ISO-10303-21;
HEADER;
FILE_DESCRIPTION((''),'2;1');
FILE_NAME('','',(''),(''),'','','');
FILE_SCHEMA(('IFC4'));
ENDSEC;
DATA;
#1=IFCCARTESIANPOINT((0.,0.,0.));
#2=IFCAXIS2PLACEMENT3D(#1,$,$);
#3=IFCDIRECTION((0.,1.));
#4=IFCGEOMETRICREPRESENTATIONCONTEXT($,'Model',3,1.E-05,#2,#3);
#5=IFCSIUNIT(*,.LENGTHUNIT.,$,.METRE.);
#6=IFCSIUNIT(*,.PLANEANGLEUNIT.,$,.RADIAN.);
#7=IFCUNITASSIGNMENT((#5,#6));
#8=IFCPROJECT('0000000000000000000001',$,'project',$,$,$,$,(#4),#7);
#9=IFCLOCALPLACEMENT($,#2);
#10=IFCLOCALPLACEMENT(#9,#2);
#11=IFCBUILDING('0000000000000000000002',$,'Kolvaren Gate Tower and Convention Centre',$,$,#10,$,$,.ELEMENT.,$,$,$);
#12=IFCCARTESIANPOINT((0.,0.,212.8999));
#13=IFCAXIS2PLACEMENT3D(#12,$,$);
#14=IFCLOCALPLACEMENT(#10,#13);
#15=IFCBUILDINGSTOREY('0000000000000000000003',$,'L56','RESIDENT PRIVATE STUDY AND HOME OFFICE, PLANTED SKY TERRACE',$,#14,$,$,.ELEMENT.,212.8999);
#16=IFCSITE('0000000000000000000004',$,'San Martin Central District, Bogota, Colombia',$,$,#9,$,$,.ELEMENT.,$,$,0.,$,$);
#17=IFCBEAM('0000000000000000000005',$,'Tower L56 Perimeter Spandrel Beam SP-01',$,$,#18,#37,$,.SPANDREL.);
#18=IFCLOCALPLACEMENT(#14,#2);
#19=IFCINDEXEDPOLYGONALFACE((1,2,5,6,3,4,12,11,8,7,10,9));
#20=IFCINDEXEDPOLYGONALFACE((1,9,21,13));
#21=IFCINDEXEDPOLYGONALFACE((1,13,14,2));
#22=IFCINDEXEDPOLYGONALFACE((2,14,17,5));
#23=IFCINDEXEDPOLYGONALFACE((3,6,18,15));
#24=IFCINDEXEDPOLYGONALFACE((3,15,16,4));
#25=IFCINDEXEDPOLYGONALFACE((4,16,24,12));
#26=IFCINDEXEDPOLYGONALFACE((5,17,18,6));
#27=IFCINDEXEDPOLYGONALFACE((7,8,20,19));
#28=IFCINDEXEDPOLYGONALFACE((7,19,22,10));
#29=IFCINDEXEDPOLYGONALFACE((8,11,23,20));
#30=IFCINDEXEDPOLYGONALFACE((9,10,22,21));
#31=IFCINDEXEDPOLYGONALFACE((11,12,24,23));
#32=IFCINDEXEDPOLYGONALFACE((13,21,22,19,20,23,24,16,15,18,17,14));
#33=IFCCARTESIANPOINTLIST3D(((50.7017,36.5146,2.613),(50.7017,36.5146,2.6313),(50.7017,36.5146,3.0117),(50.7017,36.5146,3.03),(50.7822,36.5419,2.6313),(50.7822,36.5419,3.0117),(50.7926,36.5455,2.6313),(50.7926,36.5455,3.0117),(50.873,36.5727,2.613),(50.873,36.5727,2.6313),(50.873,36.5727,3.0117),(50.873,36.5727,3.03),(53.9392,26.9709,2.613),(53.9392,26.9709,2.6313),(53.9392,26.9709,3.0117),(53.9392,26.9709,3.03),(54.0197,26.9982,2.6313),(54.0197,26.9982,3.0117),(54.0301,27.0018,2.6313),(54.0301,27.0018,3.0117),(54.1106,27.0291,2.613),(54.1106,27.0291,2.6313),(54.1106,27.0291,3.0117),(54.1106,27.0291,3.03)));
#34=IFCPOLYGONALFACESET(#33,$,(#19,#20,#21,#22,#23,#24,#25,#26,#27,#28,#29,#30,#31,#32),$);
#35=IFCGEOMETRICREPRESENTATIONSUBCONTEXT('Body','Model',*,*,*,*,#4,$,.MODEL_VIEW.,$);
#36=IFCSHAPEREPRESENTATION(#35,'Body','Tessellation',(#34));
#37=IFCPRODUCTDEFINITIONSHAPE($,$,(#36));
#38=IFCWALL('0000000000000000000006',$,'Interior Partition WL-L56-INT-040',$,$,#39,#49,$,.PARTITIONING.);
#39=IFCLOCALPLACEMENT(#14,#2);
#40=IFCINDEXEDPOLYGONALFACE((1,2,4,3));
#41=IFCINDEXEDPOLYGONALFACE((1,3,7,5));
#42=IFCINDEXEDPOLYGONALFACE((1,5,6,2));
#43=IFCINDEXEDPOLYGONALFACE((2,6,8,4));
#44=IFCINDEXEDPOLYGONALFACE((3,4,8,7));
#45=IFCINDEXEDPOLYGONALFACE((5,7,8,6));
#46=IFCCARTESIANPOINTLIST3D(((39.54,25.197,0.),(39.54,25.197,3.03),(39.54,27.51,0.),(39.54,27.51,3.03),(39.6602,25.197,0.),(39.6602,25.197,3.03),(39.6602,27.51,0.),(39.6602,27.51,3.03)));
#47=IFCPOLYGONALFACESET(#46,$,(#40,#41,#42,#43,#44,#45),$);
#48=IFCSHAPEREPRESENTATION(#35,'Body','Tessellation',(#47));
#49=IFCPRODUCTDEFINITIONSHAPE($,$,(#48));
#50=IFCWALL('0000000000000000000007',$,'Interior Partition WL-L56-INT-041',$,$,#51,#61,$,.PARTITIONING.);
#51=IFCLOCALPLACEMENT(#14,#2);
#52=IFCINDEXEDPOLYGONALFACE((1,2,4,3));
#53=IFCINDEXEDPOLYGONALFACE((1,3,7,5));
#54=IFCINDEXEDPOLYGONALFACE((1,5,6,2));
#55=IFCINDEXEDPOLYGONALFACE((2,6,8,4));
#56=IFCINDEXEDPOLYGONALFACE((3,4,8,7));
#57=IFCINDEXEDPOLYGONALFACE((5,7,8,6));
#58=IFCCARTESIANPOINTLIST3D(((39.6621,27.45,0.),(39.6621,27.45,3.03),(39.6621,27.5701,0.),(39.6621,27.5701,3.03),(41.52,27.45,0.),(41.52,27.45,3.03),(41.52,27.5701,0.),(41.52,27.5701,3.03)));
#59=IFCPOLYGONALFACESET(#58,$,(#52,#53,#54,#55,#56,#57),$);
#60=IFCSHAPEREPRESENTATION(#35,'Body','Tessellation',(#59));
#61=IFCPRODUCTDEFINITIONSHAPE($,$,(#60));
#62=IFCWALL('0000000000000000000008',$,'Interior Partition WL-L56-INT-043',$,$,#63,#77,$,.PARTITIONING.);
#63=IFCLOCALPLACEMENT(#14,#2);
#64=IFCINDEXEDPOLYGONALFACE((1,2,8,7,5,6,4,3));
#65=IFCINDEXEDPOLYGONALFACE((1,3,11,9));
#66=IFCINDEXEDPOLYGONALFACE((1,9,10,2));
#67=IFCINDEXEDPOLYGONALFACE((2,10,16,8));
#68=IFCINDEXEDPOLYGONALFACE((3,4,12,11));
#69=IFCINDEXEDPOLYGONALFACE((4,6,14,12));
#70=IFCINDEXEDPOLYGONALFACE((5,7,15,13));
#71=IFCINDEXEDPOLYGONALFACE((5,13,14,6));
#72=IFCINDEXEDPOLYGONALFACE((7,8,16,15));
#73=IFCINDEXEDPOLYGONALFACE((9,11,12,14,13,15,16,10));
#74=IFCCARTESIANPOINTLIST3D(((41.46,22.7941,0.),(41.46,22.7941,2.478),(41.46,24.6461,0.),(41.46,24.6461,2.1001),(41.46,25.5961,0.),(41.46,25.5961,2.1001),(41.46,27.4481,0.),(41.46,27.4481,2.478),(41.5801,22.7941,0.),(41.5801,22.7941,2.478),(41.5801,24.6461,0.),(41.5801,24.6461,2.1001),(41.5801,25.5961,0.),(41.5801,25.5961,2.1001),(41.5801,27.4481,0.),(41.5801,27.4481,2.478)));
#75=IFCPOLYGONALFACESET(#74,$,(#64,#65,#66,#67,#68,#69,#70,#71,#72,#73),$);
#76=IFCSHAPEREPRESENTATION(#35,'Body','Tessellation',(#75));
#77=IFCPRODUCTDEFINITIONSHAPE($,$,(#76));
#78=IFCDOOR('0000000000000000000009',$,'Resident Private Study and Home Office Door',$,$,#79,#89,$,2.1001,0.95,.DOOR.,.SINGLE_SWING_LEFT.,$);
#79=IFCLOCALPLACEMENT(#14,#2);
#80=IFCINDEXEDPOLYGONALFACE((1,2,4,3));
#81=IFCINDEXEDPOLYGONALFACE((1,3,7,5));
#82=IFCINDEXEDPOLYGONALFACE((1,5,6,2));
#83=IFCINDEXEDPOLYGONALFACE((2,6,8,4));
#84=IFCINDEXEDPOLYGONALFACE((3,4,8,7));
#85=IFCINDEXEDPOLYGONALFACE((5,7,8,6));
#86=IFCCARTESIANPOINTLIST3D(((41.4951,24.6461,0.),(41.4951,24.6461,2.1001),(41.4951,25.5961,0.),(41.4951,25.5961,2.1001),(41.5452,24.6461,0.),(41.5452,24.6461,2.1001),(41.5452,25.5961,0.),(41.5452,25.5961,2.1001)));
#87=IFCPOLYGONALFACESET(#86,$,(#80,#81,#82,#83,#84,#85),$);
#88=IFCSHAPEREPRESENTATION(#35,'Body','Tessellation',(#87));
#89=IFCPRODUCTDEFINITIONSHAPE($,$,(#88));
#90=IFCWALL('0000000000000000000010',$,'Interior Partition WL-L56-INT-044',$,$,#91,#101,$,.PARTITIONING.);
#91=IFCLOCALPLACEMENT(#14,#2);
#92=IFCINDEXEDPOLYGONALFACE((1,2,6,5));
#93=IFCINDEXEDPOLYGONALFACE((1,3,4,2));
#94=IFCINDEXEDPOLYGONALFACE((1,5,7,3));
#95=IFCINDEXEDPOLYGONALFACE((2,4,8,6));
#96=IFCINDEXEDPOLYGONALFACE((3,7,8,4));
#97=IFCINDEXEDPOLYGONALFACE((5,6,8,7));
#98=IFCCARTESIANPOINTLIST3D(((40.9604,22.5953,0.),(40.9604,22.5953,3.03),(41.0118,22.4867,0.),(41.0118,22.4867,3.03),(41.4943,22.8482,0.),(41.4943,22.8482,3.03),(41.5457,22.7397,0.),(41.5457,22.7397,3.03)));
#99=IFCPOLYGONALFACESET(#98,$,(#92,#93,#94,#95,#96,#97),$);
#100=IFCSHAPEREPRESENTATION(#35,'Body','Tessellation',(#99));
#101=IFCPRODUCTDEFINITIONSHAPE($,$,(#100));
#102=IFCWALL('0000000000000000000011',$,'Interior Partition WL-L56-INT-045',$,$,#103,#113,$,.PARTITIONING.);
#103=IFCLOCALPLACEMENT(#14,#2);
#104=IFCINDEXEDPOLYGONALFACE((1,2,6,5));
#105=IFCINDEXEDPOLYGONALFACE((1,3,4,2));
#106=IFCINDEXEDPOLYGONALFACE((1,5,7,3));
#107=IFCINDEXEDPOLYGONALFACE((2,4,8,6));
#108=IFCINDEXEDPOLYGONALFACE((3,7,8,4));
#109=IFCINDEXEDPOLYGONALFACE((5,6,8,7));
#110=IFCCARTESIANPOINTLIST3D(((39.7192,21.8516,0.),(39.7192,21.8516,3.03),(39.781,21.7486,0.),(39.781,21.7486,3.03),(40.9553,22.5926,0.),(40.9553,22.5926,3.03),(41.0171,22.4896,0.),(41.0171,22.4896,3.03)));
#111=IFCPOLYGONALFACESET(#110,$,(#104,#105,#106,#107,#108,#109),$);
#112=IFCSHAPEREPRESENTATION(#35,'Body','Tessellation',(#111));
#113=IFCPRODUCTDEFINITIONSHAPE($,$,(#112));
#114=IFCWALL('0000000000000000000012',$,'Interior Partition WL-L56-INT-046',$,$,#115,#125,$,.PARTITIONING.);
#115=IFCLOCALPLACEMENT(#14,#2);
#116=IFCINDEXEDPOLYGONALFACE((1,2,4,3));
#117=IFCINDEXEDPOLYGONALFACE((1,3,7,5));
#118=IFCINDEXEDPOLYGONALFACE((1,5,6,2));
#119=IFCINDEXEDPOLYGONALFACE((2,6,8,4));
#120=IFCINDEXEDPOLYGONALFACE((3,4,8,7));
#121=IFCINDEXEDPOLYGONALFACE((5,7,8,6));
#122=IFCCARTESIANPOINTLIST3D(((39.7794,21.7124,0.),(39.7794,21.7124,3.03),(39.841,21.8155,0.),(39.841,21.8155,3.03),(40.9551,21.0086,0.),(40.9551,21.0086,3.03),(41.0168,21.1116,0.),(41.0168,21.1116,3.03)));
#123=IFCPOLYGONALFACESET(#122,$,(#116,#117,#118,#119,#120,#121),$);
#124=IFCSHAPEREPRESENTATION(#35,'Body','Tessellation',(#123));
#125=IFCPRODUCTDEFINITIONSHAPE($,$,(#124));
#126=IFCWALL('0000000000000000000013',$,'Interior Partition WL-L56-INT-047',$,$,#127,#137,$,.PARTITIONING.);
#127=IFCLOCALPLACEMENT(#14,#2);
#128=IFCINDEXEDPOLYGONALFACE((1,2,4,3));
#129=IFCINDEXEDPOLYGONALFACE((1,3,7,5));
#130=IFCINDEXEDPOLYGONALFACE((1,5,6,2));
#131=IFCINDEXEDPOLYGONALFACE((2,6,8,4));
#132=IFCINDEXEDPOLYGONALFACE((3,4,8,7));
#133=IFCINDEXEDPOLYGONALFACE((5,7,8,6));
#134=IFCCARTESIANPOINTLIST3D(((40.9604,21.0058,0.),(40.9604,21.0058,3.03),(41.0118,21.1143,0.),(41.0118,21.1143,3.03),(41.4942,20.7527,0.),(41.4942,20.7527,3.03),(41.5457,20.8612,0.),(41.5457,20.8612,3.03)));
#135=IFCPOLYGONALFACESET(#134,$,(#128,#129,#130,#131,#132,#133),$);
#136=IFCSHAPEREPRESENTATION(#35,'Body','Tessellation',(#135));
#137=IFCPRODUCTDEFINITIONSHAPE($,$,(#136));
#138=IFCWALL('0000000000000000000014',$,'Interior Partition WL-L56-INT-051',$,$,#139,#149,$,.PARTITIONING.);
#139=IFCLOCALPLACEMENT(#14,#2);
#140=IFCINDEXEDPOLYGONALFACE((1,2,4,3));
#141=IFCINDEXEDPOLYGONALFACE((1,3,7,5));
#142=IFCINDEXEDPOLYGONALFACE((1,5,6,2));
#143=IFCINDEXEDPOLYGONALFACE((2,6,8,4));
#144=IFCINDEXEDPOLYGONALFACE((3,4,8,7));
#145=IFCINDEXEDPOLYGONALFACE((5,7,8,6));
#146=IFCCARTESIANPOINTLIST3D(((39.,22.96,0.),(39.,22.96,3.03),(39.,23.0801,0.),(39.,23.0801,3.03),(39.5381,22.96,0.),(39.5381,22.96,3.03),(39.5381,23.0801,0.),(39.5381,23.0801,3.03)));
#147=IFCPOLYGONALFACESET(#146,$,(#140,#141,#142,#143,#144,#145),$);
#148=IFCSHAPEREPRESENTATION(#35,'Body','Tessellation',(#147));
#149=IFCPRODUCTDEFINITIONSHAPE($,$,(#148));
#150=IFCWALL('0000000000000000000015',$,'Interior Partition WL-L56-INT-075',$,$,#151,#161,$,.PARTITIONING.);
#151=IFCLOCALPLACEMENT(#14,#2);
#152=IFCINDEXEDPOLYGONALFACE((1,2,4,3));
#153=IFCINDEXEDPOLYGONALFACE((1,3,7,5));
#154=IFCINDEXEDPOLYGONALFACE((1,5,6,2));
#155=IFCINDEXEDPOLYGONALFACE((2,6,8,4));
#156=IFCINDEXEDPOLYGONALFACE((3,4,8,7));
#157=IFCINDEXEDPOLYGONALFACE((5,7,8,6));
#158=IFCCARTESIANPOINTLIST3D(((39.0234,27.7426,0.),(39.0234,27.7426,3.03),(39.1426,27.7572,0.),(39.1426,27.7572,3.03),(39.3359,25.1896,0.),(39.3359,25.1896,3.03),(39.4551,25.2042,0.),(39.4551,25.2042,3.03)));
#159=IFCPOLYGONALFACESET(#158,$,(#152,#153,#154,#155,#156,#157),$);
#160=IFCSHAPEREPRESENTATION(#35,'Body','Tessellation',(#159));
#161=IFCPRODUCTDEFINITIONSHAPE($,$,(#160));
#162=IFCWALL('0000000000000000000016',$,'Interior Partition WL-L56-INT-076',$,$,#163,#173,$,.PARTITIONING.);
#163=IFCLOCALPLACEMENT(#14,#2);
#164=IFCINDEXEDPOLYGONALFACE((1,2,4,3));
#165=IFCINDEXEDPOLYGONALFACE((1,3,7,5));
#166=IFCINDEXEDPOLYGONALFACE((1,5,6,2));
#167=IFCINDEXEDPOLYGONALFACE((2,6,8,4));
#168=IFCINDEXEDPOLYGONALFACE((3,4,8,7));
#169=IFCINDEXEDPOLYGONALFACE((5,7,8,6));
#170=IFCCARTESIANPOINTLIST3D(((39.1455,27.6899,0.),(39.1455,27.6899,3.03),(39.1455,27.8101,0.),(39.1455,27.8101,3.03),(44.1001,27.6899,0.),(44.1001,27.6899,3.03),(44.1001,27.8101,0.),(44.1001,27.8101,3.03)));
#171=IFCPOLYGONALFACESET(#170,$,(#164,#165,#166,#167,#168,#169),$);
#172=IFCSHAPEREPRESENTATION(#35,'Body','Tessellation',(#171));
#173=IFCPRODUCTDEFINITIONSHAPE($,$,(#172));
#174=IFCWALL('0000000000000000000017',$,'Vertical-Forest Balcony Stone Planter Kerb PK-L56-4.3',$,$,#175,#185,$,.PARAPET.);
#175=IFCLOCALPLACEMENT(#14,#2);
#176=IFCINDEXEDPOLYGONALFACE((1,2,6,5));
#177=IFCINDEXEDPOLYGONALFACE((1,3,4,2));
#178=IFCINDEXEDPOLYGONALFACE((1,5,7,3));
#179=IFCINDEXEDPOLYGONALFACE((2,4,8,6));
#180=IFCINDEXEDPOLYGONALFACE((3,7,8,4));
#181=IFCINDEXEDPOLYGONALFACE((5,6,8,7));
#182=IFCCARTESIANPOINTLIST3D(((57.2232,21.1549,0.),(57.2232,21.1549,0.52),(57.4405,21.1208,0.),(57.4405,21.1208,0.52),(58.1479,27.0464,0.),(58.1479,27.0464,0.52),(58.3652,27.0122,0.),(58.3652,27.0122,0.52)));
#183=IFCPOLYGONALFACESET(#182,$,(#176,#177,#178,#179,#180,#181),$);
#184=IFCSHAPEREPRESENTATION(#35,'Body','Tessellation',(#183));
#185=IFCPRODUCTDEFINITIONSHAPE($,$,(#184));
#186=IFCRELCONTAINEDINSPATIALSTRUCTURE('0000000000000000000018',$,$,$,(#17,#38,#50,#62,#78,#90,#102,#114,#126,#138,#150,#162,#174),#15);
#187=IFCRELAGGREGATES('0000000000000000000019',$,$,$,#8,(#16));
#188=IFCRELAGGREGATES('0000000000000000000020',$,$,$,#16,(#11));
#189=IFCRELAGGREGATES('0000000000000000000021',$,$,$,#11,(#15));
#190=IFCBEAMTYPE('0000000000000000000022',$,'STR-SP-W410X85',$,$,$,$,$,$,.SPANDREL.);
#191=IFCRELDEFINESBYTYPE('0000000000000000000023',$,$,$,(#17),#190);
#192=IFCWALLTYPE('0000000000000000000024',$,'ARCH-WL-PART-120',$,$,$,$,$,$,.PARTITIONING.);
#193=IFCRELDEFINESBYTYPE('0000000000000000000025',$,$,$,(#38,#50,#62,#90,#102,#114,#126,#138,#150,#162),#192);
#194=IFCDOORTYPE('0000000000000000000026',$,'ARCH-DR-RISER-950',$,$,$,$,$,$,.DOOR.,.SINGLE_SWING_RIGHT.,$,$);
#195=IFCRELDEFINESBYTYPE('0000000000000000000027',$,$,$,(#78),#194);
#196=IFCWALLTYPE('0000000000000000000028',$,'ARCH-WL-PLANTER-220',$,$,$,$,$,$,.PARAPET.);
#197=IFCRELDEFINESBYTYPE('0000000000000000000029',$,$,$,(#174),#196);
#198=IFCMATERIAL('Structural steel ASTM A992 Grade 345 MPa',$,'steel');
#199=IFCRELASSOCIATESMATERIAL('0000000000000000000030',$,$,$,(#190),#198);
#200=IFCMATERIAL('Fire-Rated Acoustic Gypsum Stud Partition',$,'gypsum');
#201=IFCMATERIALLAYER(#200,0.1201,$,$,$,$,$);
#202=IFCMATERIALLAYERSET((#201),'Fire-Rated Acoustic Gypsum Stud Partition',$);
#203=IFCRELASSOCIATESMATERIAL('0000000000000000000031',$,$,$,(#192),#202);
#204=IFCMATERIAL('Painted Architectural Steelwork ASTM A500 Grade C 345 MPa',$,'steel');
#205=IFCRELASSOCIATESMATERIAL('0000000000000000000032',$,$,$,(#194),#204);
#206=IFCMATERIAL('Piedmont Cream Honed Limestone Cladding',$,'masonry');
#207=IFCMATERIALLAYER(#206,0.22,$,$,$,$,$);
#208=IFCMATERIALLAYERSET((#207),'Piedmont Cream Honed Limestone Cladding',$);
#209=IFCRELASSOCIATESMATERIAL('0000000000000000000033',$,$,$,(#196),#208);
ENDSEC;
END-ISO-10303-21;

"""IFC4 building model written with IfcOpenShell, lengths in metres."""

from ifc_helpers import new_model, si_unit, direction, frame, frame_2d, origin, origin_2d, place, context, subcontext, project, spatial, rectangle, i_section, extrude, material, layer, layer_set, material_profile, profile_set, type_object, element, fill, save


model = new_model("IFC4")

# Units and contexts
model_context = context("Model", 3, precision=1e-05, world=origin(), true_north=direction((0.0, 1.0)))
body_context = subcontext(model_context, "Body", "Model", "MODEL_VIEW")
ifc_project = project(units=[si_unit("LENGTHUNIT", "METRE"), si_unit("PLANEANGLEUNIT", "RADIAN")], contexts=[model_context])

# Site, building, storey
site_placement = place(None, origin())
site = spatial("IfcSite", under=ifc_project, at=site_placement, Name="San Martin Central District, Bogota, Colombia", CompositionType="ELEMENT", RefElevation=0.0)
building_placement = place(site_placement, origin())
building = spatial("IfcBuilding", under=site, at=building_placement, Name="Kolvaren Gate Tower and Convention Centre", CompositionType="ELEMENT")
storey_placement = place(building_placement, frame((0.0, 0.0, 212.8999)))
storey = spatial("IfcBuildingStorey", under=building, at=storey_placement, Name="L56", Description="RESIDENT PRIVATE STUDY AND HOME OFFICE, PLANTED SKY TERRACE", CompositionType="ELEMENT", Elevation=212.8999)

# Beam
ifc_material_1 = material(Name="Structural steel ASTM A992 Grade 345 MPa", Category="steel")
ifc_material_profile_1 = material_profile(ifc_material_1, i_section(OverallWidth=0.1809, OverallDepth=0.417, WebThickness=0.011, FlangeThickness=0.0183, at=origin_2d()), Name="W410X85")
ifc_profile_set_1 = profile_set([ifc_material_profile_1], Name="Structural steel ASTM A992 Grade 345 MPa")
beam_type_1 = type_object("IfcBeamType", Name="STR-SP-W410X85", PredefinedType="SPANDREL", material=ifc_profile_set_1)
beam_1_placement = place(storey_placement, frame((54.0249, 27.0, 2.8215), z_axis=(-0.321253, 0.946994, 0.0), x_axis=(-0.946994, -0.321253, 0.0)))
element("IfcBeam", 1, at=beam_1_placement, inside=storey, type_object=beam_type_1, Name="Tower L56 Perimeter Spandrel Beam SP-01", PredefinedType="SPANDREL", context=body_context, shape_type="SweptSolid", body=[
    extrude(i_section(OverallWidth=0.1809, OverallDepth=0.417, WebThickness=0.011, FlangeThickness=0.0183, at=origin_2d()), origin(), (0.0, 0.0, 1.0), 10.0779),
])

# Walls
ifc_material_2 = material(Name="Fire-Rated Acoustic Gypsum Stud Partition", Category="gypsum")
ifc_layer_1 = layer(ifc_material_2, 0.1201)
ifc_layer_set_1 = layer_set([ifc_layer_1], Name="Fire-Rated Acoustic Gypsum Stud Partition")
wall_type_1 = type_object("IfcWallType", Name="ARCH-WL-PART-120", PredefinedType="PARTITIONING", material=ifc_layer_set_1)
wall_1_placement = place(storey_placement, frame((39.6001, 25.197, 0.0), z_axis=(0.0, 0.0, 1.0), x_axis=(0.0, 1.0, 0.0)))
element("IfcWall", 2, at=wall_1_placement, inside=storey, type_object=wall_type_1, Name="Interior Partition WL-L56-INT-040", PredefinedType="PARTITIONING", context=body_context, shape_type="SweptSolid", body=[
    extrude(rectangle(XDim=2.313, YDim=0.1201, at=frame_2d((1.1565, 0.0))), origin(), (0.0, 0.0, 1.0), 3.03),
])
wall_2_placement = place(storey_placement, frame((39.6621, 27.51, 0.0), z_axis=(0.0, 0.0, 1.0), x_axis=(1.0, 0.0, 0.0)))
element("IfcWall", 3, at=wall_2_placement, inside=storey, type_object=wall_type_1, Name="Interior Partition WL-L56-INT-041", PredefinedType="PARTITIONING", context=body_context, shape_type="SweptSolid", body=[
    extrude(rectangle(XDim=1.8579, YDim=0.1201, at=frame_2d((0.929, 0.0))), origin(), (0.0, 0.0, 1.0), 3.03),
])

# Wall, opening, door
wall_3_placement = place(storey_placement, frame((41.52, 22.7939, 0.0), z_axis=(0.0, 0.0, 1.0), x_axis=(0.0, 1.0, 0.0)))
wall_3 = element("IfcWall", 4, at=wall_3_placement, inside=storey, type_object=wall_type_1, Name="Interior Partition WL-L56-INT-043", PredefinedType="PARTITIONING", context=body_context, shape_type="SweptSolid", body=[
    extrude(rectangle(XDim=4.6541, YDim=0.1201, at=frame_2d((2.3271, 0.0))), origin(), (0.0, 0.0, 1.0), 2.478),
])
opening_1_placement = place(wall_3_placement, frame((1.8521, 0.0, 0.0)))
opening_1 = element("IfcOpeningElement", 5, at=opening_1_placement, cuts=wall_3, PredefinedType="OPENING", context=body_context, shape_type="SweptSolid", body=[
    extrude(rectangle(XDim=0.95, YDim=2.1001, at=frame_2d((0.4751, 1.05))), frame((0.0, 0.0701, 0.0), z_axis=(0.0, -1.0, 0.0), x_axis=(1.0, 0.0, 0.0)), (0.0, 0.0, 1.0), 0.1401),
])
ifc_material_3 = material(Name="Painted Architectural Steelwork ASTM A500 Grade C 345 MPa", Category="steel")
door_type = type_object("IfcDoorType", Name="ARCH-DR-RISER-950", OperationType="SINGLE_SWING_RIGHT", PredefinedType="DOOR", material=ifc_material_3)
door_placement = place(opening_1_placement, origin())
door = element("IfcDoor", 6, at=door_placement, inside=storey, type_object=door_type, Name="Resident Private Study and Home Office Door", OperationType="SINGLE_SWING_LEFT", OverallHeight=2.1001, OverallWidth=0.95, PredefinedType="DOOR", context=body_context, shape_type="SweptSolid", body=[
    extrude(rectangle(XDim=0.95, YDim=2.1001, at=frame_2d((0.4751, 1.05))), frame((0.0, 0.0249, 0.0), z_axis=(0.0, -1.0, 0.0), x_axis=(1.0, 0.0, 0.0)), (0.0, 0.0, 1.0), 0.05),
])
fill(opening_1, door)

# Walls
wall_4_placement = place(storey_placement, frame((40.9861, 22.541, 0.0), z_axis=(0.0, 0.0, 1.0), x_axis=(0.903729, 0.428104, 0.0)))
element("IfcWall", 7, at=wall_4_placement, inside=storey, type_object=wall_type_1, Name="Interior Partition WL-L56-INT-044", PredefinedType="PARTITIONING", context=body_context, shape_type="SweptSolid", body=[
    extrude(rectangle(XDim=0.5908, YDim=0.1201, at=frame_2d((0.2954, 0.0))), origin(), (0.0, 0.0, 1.0), 3.03),
])
wall_5_placement = place(storey_placement, frame((39.75, 21.8, 0.0), z_axis=(0.0, 0.0, 1.0), x_axis=(0.857702, 0.514147, 0.0)))
element("IfcWall", 8, at=wall_5_placement, inside=storey, type_object=wall_type_1, Name="Interior Partition WL-L56-INT-045", PredefinedType="PARTITIONING", context=body_context, shape_type="SweptSolid", body=[
    extrude(rectangle(XDim=1.4412, YDim=0.1201, at=frame_2d((0.7207, 0.0))), origin(), (0.0, 0.0, 1.0), 3.03),
])
wall_6_placement = place(storey_placement, frame((39.8103, 21.7639, 0.0), z_axis=(0.0, 0.0, 1.0), x_axis=(0.858011, -0.513631, 0.0)))
element("IfcWall", 9, at=wall_6_placement, inside=storey, type_object=wall_type_1, Name="Interior Partition WL-L56-INT-046", PredefinedType="PARTITIONING", context=body_context, shape_type="SweptSolid", body=[
    extrude(rectangle(XDim=1.3704, YDim=0.1201, at=frame_2d((0.6851, 0.0))), origin(), (0.0, 0.0, 1.0), 3.03),
])
wall_7_placement = place(storey_placement, frame((40.9861, 21.0601, 0.0), z_axis=(0.0, 0.0, 1.0), x_axis=(0.90357, -0.428442, 0.0)))
element("IfcWall", 10, at=wall_7_placement, inside=storey, type_object=wall_type_1, Name="Interior Partition WL-L56-INT-047", PredefinedType="PARTITIONING", context=body_context, shape_type="SweptSolid", body=[
    extrude(rectangle(XDim=0.5908, YDim=0.1201, at=frame_2d((0.2954, 0.0))), origin(), (0.0, 0.0, 1.0), 3.03),
])
wall_8_placement = place(storey_placement, frame((39.0, 23.02, 0.0), z_axis=(0.0, 0.0, 1.0), x_axis=(1.0, 0.0, 0.0)))
element("IfcWall", 11, at=wall_8_placement, inside=storey, type_object=wall_type_1, Name="Interior Partition WL-L56-INT-051", PredefinedType="PARTITIONING", context=body_context, shape_type="SweptSolid", body=[
    extrude(rectangle(XDim=0.5381, YDim=0.1201, at=frame_2d((0.269, 0.0))), origin(), (0.0, 0.0, 1.0), 3.03),
])
wall_9_placement = place(storey_placement, frame((39.083, 27.75, 0.0), z_axis=(0.0, 0.0, 1.0), x_axis=(0.121499, -0.992592, 0.0)))
element("IfcWall", 12, at=wall_9_placement, inside=storey, type_object=wall_type_1, Name="Interior Partition WL-L56-INT-075", PredefinedType="PARTITIONING", context=body_context, shape_type="SweptSolid", body=[
    extrude(rectangle(XDim=2.572, YDim=0.1201, at=frame_2d((1.2861, 0.0))), origin(), (0.0, 0.0, 1.0), 3.03),
])
wall_10_placement = place(storey_placement, frame((39.1455, 27.75, 0.0), z_axis=(0.0, 0.0, 1.0), x_axis=(1.0, 0.0, 0.0)))
element("IfcWall", 13, at=wall_10_placement, inside=storey, type_object=wall_type_1, Name="Interior Partition WL-L56-INT-076", PredefinedType="PARTITIONING", context=body_context, shape_type="SweptSolid", body=[
    extrude(rectangle(XDim=4.9546, YDim=0.1201, at=frame_2d((2.4773, 0.0))), origin(), (0.0, 0.0, 1.0), 3.03),
])
ifc_material_4 = material(Name="Piedmont Cream Honed Limestone Cladding", Category="masonry")
ifc_layer_2 = layer(ifc_material_4, 0.22)
ifc_layer_set_2 = layer_set([ifc_layer_2], Name="Piedmont Cream Honed Limestone Cladding")
wall_type_2 = type_object("IfcWallType", Name="ARCH-WL-PLANTER-220", PredefinedType="PARAPET", material=ifc_layer_set_2)
wall_11_placement = place(storey_placement, frame((57.3318, 21.1377, 0.0), z_axis=(0.0, 0.0, 1.0), x_axis=(0.155071, 0.987903, 0.0)))
element("IfcWall", 14, at=wall_11_placement, inside=storey, type_object=wall_type_2, Name="Vertical-Forest Balcony Stone Planter Kerb PK-L56-4.3", PredefinedType="PARAPET", context=body_context, shape_type="SweptSolid", body=[
    extrude(rectangle(XDim=5.9636, YDim=0.22, at=frame_2d((2.9819, 0.0))), origin(), (0.0, 0.0, 1.0), 0.52),
])

save(model, "model.ifc")
